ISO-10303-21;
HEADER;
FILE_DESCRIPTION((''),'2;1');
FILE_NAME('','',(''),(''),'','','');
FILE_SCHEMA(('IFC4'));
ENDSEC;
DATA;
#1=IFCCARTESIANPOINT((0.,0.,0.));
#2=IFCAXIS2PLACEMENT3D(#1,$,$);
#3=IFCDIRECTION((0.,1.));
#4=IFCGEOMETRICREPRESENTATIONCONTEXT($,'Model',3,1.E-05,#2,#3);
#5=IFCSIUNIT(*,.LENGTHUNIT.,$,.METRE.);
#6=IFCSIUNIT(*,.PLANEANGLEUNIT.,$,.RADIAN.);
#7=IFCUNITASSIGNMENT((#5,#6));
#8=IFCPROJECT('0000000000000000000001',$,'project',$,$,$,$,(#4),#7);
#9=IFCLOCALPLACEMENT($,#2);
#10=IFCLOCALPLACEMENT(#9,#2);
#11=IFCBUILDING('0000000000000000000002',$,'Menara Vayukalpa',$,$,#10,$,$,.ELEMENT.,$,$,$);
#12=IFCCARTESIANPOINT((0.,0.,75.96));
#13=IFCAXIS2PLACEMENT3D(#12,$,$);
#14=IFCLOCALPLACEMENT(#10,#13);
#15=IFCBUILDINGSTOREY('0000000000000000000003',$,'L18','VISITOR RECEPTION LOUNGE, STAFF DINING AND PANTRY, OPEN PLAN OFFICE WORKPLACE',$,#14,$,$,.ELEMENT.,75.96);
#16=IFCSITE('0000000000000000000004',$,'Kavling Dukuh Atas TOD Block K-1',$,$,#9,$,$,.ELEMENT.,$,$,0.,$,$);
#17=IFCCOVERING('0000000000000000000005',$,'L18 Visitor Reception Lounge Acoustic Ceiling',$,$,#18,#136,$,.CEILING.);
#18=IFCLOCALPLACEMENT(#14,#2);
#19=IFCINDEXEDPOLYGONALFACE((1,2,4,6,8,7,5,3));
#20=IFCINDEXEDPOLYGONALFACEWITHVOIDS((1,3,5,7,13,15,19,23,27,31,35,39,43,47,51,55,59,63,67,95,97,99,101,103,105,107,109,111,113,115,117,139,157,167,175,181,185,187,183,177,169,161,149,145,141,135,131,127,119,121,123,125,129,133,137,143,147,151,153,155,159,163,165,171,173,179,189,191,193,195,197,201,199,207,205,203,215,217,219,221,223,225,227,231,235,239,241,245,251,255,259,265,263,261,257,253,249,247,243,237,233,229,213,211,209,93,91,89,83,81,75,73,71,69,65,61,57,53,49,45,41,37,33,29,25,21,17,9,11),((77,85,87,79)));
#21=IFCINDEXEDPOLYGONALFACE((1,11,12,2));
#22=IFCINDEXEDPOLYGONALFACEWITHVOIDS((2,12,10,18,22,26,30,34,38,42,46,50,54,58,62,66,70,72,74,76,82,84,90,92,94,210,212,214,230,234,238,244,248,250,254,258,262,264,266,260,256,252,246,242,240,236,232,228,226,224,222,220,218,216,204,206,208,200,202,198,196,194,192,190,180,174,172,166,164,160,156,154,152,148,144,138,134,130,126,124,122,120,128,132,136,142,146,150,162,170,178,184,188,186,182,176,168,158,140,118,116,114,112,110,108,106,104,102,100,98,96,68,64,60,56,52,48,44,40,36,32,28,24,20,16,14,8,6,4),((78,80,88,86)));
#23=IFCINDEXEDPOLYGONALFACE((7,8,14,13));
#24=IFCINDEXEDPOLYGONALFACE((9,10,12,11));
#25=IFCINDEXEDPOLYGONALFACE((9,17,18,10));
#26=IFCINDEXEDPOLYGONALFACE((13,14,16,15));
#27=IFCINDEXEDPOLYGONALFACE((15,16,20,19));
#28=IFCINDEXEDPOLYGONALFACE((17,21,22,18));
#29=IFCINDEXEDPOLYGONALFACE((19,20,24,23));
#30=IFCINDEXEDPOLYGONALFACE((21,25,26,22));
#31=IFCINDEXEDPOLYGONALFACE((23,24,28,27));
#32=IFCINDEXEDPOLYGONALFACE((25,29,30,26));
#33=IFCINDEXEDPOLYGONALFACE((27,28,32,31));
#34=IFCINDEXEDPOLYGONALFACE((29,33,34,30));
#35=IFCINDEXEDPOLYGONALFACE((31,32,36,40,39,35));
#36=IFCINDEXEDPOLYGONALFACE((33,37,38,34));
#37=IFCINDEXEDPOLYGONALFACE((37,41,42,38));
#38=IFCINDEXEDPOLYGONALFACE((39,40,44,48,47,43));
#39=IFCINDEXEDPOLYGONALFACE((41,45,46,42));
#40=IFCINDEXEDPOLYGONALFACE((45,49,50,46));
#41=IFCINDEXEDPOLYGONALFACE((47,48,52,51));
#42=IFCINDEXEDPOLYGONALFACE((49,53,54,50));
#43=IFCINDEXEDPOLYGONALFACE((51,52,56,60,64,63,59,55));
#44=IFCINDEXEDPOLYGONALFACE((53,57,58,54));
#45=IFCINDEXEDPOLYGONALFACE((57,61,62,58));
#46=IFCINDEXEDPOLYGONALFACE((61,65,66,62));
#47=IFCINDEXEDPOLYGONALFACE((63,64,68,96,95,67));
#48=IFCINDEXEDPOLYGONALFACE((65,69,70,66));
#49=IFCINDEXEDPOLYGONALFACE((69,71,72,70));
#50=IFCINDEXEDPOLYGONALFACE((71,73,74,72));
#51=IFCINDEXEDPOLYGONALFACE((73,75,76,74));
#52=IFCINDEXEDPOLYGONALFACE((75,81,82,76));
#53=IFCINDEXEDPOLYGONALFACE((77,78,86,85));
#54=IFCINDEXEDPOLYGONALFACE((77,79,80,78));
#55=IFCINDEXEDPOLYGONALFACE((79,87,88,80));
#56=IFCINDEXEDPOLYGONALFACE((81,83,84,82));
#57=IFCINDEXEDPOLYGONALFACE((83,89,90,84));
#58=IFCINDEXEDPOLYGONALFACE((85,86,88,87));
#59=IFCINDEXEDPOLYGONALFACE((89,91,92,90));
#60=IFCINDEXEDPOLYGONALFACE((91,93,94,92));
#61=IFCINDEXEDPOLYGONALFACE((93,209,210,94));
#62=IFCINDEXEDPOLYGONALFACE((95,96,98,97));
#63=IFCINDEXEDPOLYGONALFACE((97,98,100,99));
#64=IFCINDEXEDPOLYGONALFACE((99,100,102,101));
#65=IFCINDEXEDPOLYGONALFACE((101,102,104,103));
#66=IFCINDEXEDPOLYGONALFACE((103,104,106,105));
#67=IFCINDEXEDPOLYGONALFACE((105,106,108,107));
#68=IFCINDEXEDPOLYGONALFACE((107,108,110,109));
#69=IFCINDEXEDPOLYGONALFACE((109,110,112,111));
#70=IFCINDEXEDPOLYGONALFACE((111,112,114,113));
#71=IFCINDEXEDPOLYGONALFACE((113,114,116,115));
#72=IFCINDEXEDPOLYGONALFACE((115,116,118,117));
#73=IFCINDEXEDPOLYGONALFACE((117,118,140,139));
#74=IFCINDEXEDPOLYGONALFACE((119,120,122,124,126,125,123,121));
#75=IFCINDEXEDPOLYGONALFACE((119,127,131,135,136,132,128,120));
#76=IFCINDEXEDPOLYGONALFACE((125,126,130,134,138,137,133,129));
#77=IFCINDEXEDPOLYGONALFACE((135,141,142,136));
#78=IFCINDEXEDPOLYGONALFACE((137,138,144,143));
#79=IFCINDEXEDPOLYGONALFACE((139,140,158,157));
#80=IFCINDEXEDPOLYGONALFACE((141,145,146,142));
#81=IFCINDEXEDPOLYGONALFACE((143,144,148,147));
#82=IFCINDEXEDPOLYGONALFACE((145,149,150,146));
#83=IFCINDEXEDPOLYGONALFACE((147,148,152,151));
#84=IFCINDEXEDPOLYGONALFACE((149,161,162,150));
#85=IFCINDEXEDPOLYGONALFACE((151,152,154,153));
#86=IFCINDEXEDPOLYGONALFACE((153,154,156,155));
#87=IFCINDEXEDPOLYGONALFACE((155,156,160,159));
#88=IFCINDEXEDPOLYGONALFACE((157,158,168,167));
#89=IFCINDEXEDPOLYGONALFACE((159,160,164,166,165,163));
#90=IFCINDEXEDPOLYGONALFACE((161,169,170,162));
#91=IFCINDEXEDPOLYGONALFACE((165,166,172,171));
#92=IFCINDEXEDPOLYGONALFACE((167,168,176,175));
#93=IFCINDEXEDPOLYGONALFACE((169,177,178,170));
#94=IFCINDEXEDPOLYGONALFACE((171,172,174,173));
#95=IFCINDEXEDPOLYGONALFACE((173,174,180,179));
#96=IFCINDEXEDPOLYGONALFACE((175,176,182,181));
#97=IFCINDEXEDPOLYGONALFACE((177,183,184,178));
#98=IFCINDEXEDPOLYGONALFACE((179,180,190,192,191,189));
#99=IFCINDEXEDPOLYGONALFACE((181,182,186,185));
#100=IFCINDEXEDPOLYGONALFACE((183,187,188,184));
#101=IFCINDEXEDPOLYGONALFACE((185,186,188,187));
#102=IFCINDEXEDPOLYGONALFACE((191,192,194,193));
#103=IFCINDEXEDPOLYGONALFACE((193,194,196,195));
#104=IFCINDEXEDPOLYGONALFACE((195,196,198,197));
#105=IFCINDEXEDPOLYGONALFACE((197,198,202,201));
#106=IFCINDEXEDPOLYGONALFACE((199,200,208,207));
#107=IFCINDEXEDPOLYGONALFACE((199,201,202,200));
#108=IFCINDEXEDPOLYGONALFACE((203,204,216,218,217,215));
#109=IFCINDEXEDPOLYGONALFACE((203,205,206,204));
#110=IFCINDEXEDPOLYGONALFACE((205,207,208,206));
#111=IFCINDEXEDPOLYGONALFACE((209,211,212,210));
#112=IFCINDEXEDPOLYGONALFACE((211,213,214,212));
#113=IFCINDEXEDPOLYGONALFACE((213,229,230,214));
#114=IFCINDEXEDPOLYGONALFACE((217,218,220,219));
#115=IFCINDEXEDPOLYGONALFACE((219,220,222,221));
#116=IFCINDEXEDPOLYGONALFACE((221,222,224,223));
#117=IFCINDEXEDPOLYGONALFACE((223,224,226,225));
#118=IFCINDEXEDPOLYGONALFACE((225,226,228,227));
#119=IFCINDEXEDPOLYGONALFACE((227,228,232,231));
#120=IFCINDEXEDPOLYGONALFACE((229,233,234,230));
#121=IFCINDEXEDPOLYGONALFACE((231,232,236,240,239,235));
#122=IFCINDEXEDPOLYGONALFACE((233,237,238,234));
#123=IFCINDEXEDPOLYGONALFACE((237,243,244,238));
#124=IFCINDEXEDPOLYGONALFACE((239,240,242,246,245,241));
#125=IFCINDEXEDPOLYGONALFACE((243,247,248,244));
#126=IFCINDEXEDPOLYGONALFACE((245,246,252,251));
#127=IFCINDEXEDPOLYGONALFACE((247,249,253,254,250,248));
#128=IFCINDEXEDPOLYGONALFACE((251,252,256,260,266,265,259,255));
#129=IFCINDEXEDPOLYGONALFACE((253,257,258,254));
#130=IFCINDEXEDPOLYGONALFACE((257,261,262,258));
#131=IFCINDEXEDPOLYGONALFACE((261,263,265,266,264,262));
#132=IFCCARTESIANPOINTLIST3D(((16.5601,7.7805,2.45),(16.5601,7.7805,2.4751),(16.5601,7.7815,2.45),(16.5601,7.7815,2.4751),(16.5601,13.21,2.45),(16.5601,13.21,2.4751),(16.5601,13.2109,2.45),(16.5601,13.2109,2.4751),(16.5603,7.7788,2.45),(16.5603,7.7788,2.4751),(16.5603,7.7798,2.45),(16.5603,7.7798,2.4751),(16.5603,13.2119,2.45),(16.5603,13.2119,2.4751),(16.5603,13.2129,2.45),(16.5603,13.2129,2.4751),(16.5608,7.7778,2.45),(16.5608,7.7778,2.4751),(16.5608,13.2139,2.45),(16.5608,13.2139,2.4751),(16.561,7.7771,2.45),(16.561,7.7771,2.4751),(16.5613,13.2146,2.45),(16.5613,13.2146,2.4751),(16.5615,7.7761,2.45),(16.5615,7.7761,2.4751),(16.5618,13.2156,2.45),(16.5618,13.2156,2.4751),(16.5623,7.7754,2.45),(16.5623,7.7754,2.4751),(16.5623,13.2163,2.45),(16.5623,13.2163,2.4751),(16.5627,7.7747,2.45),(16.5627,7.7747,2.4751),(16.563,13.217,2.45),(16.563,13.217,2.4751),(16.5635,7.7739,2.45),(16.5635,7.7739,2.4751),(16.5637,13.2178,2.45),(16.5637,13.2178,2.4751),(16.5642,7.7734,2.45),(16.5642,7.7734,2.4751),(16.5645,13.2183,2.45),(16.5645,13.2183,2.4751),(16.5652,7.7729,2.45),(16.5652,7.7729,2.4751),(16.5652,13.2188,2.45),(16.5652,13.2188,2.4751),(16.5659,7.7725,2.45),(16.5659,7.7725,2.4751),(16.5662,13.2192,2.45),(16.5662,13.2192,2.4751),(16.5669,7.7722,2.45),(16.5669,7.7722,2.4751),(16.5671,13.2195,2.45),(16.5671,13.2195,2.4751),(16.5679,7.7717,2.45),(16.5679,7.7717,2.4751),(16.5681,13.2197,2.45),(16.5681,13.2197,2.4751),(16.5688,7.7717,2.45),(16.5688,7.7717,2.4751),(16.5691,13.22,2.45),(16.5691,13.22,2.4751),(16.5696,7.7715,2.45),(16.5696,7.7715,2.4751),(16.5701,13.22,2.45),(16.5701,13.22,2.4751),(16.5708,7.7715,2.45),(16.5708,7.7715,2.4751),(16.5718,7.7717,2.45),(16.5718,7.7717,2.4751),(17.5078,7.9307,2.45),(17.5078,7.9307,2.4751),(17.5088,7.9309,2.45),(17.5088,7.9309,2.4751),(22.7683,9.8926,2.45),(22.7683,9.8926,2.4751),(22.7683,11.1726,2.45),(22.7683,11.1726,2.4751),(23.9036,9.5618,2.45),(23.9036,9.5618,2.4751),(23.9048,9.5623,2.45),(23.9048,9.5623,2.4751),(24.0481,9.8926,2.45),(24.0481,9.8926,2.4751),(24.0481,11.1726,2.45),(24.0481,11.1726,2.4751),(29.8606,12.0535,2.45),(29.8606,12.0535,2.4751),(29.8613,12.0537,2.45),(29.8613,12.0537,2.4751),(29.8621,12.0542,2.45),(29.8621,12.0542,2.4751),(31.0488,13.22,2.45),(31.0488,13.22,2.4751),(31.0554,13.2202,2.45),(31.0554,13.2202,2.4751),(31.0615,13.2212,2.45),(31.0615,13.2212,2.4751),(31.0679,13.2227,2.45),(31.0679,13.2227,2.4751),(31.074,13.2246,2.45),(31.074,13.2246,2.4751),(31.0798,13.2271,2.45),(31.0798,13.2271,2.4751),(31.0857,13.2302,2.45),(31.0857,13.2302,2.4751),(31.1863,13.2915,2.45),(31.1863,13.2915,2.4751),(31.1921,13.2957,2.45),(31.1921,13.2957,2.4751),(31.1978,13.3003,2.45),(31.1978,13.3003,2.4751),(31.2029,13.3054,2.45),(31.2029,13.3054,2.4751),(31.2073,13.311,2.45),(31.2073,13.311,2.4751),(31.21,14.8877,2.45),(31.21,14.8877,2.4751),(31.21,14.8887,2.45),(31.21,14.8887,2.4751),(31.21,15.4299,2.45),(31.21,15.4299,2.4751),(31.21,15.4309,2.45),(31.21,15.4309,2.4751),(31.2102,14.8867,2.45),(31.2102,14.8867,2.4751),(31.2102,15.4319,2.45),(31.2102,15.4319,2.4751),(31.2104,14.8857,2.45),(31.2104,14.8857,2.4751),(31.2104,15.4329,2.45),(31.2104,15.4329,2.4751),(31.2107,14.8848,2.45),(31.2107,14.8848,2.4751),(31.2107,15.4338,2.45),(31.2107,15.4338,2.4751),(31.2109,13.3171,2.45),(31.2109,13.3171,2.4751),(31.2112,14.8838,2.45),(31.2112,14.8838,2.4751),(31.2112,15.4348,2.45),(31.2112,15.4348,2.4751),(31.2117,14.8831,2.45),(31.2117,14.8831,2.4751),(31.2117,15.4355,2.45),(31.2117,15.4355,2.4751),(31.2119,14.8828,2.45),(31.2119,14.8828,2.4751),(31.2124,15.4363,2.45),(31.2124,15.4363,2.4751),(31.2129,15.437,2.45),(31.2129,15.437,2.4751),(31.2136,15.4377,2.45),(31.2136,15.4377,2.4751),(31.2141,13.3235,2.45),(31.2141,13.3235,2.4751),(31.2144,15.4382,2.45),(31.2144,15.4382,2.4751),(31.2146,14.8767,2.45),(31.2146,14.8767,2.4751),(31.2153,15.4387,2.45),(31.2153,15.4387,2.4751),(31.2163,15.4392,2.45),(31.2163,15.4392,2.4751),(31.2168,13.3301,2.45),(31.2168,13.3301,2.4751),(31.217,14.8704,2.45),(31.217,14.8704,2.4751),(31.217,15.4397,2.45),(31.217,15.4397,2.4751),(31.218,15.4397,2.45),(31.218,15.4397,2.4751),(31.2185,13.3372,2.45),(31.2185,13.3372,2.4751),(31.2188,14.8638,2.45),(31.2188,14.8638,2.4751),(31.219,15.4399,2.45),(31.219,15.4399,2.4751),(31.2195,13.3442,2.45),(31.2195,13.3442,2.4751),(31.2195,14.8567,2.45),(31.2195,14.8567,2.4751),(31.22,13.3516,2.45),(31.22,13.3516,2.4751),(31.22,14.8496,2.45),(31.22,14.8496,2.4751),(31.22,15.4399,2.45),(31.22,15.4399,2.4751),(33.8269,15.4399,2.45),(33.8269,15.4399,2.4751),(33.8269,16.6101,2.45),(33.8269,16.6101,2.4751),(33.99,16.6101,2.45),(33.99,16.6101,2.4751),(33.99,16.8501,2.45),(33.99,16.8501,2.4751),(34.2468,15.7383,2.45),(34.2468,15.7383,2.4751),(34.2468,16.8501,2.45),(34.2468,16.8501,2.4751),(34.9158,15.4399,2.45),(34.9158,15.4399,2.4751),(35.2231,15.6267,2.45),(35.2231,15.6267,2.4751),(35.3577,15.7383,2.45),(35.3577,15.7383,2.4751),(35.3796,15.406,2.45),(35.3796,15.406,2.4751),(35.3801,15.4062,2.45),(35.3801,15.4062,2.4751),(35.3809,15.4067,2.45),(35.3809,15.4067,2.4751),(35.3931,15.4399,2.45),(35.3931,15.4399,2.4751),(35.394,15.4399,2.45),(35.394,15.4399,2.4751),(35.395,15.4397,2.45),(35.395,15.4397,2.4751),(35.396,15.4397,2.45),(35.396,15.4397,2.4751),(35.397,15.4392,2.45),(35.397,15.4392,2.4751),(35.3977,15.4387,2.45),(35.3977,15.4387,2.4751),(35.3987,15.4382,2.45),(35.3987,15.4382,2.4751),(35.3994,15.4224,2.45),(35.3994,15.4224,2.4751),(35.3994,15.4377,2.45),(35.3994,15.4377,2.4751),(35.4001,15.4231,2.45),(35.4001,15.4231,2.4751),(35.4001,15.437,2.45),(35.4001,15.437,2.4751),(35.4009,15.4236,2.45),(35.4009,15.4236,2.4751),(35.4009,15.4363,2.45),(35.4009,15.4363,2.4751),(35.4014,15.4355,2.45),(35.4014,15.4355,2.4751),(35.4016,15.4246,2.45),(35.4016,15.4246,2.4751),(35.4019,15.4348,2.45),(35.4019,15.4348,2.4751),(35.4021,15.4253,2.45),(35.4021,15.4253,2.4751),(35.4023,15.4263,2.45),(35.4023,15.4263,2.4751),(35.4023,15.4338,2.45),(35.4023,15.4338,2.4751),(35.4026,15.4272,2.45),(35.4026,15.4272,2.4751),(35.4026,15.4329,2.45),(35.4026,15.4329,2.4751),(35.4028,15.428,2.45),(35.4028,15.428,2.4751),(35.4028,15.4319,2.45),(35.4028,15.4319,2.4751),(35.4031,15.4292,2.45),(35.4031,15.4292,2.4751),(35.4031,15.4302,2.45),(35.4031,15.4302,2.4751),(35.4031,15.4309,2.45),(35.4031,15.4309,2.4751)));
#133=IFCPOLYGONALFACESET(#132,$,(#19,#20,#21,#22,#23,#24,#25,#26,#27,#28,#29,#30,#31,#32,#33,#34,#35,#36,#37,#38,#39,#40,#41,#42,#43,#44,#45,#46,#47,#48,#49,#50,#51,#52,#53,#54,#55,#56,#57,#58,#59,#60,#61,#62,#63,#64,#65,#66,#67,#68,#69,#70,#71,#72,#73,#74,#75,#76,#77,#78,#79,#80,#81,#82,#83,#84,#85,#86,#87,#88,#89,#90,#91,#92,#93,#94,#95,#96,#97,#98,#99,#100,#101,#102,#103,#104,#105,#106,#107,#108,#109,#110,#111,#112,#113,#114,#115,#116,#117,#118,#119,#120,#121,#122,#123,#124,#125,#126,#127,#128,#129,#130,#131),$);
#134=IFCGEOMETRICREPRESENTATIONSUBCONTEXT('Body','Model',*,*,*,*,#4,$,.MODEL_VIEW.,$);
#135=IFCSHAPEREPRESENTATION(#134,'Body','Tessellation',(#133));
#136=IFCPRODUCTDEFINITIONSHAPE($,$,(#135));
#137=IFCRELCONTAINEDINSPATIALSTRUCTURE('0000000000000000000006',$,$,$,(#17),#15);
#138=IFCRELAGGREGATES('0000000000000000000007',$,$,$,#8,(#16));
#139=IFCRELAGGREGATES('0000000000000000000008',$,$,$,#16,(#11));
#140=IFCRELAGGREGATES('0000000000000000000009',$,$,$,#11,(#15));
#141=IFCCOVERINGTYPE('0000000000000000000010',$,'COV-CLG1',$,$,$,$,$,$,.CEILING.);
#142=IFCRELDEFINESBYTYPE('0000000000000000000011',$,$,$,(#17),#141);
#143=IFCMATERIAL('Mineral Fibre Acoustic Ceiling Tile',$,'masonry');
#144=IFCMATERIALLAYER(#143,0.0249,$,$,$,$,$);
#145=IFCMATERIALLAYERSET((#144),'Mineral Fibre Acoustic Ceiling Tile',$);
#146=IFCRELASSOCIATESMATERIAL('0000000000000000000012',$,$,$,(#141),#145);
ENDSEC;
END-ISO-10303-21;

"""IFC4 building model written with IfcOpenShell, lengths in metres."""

from ifc_helpers import new_model, si_unit, direction, frame, origin, place, context, subcontext, project, spatial, polyline, outline, extrude, material, layer, layer_set, type_object, element, save


model = new_model("IFC4")

# Units and contexts
model_context = context("Model", 3, precision=1e-05, world=origin(), true_north=direction((0.0, 1.0)))
body_context = subcontext(model_context, "Body", "Model", "MODEL_VIEW")
ifc_project = project(units=[si_unit("LENGTHUNIT", "METRE"), si_unit("PLANEANGLEUNIT", "RADIAN")], contexts=[model_context])

# Site, building, storey
site_placement = place(None, origin())
site = spatial("IfcSite", under=ifc_project, at=site_placement, Name="Kavling Dukuh Atas TOD Block K-1", CompositionType="ELEMENT", RefElevation=0.0)
building_placement = place(site_placement, origin())
building = spatial("IfcBuilding", under=site, at=building_placement, Name="Menara Vayukalpa", CompositionType="ELEMENT")
storey_placement = place(building_placement, frame((0.0, 0.0, 75.96)))
storey = spatial("IfcBuildingStorey", under=building, at=storey_placement, Name="L18", Description="VISITOR RECEPTION LOUNGE, STAFF DINING AND PANTRY, OPEN PLAN OFFICE WORKPLACE", CompositionType="ELEMENT", Elevation=75.96)

# Covering
ifc_material_1 = material(Name="Mineral Fibre Acoustic Ceiling Tile", Category="masonry")
ifc_layer_1 = layer(ifc_material_1, 0.0249)
ifc_layer_set_1 = layer_set([ifc_layer_1], Name="Mineral Fibre Acoustic Ceiling Tile")
covering_type_1 = type_object("IfcCoveringType", Name="COV-CLG1", PredefinedType="CEILING", material=ifc_layer_set_1)
covering_1_placement = place(storey_placement, frame((0.0, 0.0, 2.45)))
element("IfcCovering", 1, at=covering_1_placement, inside=storey, type_object=covering_type_1, Name="L18 Visitor Reception Lounge Acoustic Ceiling", PredefinedType="CEILING", context=body_context, shape_type="SweptSolid", body=[
    extrude(outline(polyline([(23.9048, 9.5623), (23.9036, 9.5618), (17.5088, 7.9309), (17.5078, 7.9307), (16.5718, 7.7717), (16.5708, 7.7715), (16.5696, 7.7715), (16.5688, 7.7717), (16.5679, 7.7717), (16.5669, 7.7722), (16.5659, 7.7725), (16.5652, 7.7729), (16.5642, 7.7734), (16.5635, 7.7739), (16.5627, 7.7747), (16.5623, 7.7754), (16.5615, 7.7761), (16.561, 7.7771), (16.5608, 7.7778), (16.5603, 7.7788), (16.5603, 7.7798), (16.5601, 7.7805), (16.5601, 7.7815), (16.5601, 13.21), (16.5601, 13.2109), (16.5603, 13.2119), (16.5603, 13.2129), (16.5608, 13.2139), (16.5613, 13.2146), (16.5618, 13.2156), (16.5623, 13.2163), (16.563, 13.217), (16.5637, 13.2178), (16.5645, 13.2183), (16.5652, 13.2188), (16.5662, 13.2192), (16.5671, 13.2195), (16.5681, 13.2197), (16.5691, 13.22), (16.5701, 13.22), (31.0488, 13.22), (31.0554, 13.2202), (31.0615, 13.2212), (31.0679, 13.2227), (31.074, 13.2246), (31.0798, 13.2271), (31.0857, 13.2302), (31.1863, 13.2915), (31.1921, 13.2957), (31.1978, 13.3003), (31.2029, 13.3054), (31.2073, 13.311), (31.2109, 13.3171), (31.2141, 13.3235), (31.2168, 13.3301), (31.2185, 13.3372), (31.2195, 13.3442), (31.22, 13.3516), (31.22, 14.8496), (31.2195, 14.8567), (31.2188, 14.8638), (31.217, 14.8704), (31.2146, 14.8767), (31.2119, 14.8828), (31.2117, 14.8831), (31.2112, 14.8838), (31.2107, 14.8848), (31.2104, 14.8857), (31.2102, 14.8867), (31.21, 14.8877), (31.21, 14.8887), (31.21, 15.4299), (31.21, 15.4309), (31.2102, 15.4319), (31.2104, 15.4329), (31.2107, 15.4338), (31.2112, 15.4348), (31.2117, 15.4355), (31.2124, 15.4363), (31.2129, 15.437), (31.2136, 15.4377), (31.2144, 15.4382), (31.2153, 15.4387), (31.2163, 15.4392), (31.217, 15.4397), (31.218, 15.4397), (31.219, 15.4399), (31.22, 15.4399), (33.8269, 15.4399), (33.8269, 16.6101), (33.99, 16.6101), (33.99, 16.8501), (34.2468, 16.8501), (34.2468, 15.7383), (35.3577, 15.7383), (35.2231, 15.6267), (34.9158, 15.4399), (35.3931, 15.4399), (35.394, 15.4399), (35.395, 15.4397), (35.396, 15.4397), (35.397, 15.4392), (35.3977, 15.4387), (35.3987, 15.4382), (35.3994, 15.4377), (35.4001, 15.437), (35.4009, 15.4363), (35.4014, 15.4355), (35.4019, 15.4348), (35.4023, 15.4338), (35.4026, 15.4329), (35.4028, 15.4319), (35.4031, 15.4309), (35.4031, 15.4302), (35.4031, 15.4292), (35.4028, 15.428), (35.4026, 15.4272), (35.4023, 15.4263), (35.4021, 15.4253), (35.4016, 15.4246), (35.4009, 15.4236), (35.4001, 15.4231), (35.3994, 15.4224), (35.3809, 15.4067), (35.3801, 15.4062), (35.3796, 15.406), (29.8621, 12.0542), (29.8613, 12.0537), (29.8606, 12.0535), (23.9048, 9.5623)]), holes=[polyline([(24.0481, 11.1726), (22.7683, 11.1726), (22.7683, 9.8926), (24.0481, 9.8926), (24.0481, 11.1726)])]), origin(), (0.0, 0.0, 1.0), 0.0251),
])

save(model, "model.ifc")
